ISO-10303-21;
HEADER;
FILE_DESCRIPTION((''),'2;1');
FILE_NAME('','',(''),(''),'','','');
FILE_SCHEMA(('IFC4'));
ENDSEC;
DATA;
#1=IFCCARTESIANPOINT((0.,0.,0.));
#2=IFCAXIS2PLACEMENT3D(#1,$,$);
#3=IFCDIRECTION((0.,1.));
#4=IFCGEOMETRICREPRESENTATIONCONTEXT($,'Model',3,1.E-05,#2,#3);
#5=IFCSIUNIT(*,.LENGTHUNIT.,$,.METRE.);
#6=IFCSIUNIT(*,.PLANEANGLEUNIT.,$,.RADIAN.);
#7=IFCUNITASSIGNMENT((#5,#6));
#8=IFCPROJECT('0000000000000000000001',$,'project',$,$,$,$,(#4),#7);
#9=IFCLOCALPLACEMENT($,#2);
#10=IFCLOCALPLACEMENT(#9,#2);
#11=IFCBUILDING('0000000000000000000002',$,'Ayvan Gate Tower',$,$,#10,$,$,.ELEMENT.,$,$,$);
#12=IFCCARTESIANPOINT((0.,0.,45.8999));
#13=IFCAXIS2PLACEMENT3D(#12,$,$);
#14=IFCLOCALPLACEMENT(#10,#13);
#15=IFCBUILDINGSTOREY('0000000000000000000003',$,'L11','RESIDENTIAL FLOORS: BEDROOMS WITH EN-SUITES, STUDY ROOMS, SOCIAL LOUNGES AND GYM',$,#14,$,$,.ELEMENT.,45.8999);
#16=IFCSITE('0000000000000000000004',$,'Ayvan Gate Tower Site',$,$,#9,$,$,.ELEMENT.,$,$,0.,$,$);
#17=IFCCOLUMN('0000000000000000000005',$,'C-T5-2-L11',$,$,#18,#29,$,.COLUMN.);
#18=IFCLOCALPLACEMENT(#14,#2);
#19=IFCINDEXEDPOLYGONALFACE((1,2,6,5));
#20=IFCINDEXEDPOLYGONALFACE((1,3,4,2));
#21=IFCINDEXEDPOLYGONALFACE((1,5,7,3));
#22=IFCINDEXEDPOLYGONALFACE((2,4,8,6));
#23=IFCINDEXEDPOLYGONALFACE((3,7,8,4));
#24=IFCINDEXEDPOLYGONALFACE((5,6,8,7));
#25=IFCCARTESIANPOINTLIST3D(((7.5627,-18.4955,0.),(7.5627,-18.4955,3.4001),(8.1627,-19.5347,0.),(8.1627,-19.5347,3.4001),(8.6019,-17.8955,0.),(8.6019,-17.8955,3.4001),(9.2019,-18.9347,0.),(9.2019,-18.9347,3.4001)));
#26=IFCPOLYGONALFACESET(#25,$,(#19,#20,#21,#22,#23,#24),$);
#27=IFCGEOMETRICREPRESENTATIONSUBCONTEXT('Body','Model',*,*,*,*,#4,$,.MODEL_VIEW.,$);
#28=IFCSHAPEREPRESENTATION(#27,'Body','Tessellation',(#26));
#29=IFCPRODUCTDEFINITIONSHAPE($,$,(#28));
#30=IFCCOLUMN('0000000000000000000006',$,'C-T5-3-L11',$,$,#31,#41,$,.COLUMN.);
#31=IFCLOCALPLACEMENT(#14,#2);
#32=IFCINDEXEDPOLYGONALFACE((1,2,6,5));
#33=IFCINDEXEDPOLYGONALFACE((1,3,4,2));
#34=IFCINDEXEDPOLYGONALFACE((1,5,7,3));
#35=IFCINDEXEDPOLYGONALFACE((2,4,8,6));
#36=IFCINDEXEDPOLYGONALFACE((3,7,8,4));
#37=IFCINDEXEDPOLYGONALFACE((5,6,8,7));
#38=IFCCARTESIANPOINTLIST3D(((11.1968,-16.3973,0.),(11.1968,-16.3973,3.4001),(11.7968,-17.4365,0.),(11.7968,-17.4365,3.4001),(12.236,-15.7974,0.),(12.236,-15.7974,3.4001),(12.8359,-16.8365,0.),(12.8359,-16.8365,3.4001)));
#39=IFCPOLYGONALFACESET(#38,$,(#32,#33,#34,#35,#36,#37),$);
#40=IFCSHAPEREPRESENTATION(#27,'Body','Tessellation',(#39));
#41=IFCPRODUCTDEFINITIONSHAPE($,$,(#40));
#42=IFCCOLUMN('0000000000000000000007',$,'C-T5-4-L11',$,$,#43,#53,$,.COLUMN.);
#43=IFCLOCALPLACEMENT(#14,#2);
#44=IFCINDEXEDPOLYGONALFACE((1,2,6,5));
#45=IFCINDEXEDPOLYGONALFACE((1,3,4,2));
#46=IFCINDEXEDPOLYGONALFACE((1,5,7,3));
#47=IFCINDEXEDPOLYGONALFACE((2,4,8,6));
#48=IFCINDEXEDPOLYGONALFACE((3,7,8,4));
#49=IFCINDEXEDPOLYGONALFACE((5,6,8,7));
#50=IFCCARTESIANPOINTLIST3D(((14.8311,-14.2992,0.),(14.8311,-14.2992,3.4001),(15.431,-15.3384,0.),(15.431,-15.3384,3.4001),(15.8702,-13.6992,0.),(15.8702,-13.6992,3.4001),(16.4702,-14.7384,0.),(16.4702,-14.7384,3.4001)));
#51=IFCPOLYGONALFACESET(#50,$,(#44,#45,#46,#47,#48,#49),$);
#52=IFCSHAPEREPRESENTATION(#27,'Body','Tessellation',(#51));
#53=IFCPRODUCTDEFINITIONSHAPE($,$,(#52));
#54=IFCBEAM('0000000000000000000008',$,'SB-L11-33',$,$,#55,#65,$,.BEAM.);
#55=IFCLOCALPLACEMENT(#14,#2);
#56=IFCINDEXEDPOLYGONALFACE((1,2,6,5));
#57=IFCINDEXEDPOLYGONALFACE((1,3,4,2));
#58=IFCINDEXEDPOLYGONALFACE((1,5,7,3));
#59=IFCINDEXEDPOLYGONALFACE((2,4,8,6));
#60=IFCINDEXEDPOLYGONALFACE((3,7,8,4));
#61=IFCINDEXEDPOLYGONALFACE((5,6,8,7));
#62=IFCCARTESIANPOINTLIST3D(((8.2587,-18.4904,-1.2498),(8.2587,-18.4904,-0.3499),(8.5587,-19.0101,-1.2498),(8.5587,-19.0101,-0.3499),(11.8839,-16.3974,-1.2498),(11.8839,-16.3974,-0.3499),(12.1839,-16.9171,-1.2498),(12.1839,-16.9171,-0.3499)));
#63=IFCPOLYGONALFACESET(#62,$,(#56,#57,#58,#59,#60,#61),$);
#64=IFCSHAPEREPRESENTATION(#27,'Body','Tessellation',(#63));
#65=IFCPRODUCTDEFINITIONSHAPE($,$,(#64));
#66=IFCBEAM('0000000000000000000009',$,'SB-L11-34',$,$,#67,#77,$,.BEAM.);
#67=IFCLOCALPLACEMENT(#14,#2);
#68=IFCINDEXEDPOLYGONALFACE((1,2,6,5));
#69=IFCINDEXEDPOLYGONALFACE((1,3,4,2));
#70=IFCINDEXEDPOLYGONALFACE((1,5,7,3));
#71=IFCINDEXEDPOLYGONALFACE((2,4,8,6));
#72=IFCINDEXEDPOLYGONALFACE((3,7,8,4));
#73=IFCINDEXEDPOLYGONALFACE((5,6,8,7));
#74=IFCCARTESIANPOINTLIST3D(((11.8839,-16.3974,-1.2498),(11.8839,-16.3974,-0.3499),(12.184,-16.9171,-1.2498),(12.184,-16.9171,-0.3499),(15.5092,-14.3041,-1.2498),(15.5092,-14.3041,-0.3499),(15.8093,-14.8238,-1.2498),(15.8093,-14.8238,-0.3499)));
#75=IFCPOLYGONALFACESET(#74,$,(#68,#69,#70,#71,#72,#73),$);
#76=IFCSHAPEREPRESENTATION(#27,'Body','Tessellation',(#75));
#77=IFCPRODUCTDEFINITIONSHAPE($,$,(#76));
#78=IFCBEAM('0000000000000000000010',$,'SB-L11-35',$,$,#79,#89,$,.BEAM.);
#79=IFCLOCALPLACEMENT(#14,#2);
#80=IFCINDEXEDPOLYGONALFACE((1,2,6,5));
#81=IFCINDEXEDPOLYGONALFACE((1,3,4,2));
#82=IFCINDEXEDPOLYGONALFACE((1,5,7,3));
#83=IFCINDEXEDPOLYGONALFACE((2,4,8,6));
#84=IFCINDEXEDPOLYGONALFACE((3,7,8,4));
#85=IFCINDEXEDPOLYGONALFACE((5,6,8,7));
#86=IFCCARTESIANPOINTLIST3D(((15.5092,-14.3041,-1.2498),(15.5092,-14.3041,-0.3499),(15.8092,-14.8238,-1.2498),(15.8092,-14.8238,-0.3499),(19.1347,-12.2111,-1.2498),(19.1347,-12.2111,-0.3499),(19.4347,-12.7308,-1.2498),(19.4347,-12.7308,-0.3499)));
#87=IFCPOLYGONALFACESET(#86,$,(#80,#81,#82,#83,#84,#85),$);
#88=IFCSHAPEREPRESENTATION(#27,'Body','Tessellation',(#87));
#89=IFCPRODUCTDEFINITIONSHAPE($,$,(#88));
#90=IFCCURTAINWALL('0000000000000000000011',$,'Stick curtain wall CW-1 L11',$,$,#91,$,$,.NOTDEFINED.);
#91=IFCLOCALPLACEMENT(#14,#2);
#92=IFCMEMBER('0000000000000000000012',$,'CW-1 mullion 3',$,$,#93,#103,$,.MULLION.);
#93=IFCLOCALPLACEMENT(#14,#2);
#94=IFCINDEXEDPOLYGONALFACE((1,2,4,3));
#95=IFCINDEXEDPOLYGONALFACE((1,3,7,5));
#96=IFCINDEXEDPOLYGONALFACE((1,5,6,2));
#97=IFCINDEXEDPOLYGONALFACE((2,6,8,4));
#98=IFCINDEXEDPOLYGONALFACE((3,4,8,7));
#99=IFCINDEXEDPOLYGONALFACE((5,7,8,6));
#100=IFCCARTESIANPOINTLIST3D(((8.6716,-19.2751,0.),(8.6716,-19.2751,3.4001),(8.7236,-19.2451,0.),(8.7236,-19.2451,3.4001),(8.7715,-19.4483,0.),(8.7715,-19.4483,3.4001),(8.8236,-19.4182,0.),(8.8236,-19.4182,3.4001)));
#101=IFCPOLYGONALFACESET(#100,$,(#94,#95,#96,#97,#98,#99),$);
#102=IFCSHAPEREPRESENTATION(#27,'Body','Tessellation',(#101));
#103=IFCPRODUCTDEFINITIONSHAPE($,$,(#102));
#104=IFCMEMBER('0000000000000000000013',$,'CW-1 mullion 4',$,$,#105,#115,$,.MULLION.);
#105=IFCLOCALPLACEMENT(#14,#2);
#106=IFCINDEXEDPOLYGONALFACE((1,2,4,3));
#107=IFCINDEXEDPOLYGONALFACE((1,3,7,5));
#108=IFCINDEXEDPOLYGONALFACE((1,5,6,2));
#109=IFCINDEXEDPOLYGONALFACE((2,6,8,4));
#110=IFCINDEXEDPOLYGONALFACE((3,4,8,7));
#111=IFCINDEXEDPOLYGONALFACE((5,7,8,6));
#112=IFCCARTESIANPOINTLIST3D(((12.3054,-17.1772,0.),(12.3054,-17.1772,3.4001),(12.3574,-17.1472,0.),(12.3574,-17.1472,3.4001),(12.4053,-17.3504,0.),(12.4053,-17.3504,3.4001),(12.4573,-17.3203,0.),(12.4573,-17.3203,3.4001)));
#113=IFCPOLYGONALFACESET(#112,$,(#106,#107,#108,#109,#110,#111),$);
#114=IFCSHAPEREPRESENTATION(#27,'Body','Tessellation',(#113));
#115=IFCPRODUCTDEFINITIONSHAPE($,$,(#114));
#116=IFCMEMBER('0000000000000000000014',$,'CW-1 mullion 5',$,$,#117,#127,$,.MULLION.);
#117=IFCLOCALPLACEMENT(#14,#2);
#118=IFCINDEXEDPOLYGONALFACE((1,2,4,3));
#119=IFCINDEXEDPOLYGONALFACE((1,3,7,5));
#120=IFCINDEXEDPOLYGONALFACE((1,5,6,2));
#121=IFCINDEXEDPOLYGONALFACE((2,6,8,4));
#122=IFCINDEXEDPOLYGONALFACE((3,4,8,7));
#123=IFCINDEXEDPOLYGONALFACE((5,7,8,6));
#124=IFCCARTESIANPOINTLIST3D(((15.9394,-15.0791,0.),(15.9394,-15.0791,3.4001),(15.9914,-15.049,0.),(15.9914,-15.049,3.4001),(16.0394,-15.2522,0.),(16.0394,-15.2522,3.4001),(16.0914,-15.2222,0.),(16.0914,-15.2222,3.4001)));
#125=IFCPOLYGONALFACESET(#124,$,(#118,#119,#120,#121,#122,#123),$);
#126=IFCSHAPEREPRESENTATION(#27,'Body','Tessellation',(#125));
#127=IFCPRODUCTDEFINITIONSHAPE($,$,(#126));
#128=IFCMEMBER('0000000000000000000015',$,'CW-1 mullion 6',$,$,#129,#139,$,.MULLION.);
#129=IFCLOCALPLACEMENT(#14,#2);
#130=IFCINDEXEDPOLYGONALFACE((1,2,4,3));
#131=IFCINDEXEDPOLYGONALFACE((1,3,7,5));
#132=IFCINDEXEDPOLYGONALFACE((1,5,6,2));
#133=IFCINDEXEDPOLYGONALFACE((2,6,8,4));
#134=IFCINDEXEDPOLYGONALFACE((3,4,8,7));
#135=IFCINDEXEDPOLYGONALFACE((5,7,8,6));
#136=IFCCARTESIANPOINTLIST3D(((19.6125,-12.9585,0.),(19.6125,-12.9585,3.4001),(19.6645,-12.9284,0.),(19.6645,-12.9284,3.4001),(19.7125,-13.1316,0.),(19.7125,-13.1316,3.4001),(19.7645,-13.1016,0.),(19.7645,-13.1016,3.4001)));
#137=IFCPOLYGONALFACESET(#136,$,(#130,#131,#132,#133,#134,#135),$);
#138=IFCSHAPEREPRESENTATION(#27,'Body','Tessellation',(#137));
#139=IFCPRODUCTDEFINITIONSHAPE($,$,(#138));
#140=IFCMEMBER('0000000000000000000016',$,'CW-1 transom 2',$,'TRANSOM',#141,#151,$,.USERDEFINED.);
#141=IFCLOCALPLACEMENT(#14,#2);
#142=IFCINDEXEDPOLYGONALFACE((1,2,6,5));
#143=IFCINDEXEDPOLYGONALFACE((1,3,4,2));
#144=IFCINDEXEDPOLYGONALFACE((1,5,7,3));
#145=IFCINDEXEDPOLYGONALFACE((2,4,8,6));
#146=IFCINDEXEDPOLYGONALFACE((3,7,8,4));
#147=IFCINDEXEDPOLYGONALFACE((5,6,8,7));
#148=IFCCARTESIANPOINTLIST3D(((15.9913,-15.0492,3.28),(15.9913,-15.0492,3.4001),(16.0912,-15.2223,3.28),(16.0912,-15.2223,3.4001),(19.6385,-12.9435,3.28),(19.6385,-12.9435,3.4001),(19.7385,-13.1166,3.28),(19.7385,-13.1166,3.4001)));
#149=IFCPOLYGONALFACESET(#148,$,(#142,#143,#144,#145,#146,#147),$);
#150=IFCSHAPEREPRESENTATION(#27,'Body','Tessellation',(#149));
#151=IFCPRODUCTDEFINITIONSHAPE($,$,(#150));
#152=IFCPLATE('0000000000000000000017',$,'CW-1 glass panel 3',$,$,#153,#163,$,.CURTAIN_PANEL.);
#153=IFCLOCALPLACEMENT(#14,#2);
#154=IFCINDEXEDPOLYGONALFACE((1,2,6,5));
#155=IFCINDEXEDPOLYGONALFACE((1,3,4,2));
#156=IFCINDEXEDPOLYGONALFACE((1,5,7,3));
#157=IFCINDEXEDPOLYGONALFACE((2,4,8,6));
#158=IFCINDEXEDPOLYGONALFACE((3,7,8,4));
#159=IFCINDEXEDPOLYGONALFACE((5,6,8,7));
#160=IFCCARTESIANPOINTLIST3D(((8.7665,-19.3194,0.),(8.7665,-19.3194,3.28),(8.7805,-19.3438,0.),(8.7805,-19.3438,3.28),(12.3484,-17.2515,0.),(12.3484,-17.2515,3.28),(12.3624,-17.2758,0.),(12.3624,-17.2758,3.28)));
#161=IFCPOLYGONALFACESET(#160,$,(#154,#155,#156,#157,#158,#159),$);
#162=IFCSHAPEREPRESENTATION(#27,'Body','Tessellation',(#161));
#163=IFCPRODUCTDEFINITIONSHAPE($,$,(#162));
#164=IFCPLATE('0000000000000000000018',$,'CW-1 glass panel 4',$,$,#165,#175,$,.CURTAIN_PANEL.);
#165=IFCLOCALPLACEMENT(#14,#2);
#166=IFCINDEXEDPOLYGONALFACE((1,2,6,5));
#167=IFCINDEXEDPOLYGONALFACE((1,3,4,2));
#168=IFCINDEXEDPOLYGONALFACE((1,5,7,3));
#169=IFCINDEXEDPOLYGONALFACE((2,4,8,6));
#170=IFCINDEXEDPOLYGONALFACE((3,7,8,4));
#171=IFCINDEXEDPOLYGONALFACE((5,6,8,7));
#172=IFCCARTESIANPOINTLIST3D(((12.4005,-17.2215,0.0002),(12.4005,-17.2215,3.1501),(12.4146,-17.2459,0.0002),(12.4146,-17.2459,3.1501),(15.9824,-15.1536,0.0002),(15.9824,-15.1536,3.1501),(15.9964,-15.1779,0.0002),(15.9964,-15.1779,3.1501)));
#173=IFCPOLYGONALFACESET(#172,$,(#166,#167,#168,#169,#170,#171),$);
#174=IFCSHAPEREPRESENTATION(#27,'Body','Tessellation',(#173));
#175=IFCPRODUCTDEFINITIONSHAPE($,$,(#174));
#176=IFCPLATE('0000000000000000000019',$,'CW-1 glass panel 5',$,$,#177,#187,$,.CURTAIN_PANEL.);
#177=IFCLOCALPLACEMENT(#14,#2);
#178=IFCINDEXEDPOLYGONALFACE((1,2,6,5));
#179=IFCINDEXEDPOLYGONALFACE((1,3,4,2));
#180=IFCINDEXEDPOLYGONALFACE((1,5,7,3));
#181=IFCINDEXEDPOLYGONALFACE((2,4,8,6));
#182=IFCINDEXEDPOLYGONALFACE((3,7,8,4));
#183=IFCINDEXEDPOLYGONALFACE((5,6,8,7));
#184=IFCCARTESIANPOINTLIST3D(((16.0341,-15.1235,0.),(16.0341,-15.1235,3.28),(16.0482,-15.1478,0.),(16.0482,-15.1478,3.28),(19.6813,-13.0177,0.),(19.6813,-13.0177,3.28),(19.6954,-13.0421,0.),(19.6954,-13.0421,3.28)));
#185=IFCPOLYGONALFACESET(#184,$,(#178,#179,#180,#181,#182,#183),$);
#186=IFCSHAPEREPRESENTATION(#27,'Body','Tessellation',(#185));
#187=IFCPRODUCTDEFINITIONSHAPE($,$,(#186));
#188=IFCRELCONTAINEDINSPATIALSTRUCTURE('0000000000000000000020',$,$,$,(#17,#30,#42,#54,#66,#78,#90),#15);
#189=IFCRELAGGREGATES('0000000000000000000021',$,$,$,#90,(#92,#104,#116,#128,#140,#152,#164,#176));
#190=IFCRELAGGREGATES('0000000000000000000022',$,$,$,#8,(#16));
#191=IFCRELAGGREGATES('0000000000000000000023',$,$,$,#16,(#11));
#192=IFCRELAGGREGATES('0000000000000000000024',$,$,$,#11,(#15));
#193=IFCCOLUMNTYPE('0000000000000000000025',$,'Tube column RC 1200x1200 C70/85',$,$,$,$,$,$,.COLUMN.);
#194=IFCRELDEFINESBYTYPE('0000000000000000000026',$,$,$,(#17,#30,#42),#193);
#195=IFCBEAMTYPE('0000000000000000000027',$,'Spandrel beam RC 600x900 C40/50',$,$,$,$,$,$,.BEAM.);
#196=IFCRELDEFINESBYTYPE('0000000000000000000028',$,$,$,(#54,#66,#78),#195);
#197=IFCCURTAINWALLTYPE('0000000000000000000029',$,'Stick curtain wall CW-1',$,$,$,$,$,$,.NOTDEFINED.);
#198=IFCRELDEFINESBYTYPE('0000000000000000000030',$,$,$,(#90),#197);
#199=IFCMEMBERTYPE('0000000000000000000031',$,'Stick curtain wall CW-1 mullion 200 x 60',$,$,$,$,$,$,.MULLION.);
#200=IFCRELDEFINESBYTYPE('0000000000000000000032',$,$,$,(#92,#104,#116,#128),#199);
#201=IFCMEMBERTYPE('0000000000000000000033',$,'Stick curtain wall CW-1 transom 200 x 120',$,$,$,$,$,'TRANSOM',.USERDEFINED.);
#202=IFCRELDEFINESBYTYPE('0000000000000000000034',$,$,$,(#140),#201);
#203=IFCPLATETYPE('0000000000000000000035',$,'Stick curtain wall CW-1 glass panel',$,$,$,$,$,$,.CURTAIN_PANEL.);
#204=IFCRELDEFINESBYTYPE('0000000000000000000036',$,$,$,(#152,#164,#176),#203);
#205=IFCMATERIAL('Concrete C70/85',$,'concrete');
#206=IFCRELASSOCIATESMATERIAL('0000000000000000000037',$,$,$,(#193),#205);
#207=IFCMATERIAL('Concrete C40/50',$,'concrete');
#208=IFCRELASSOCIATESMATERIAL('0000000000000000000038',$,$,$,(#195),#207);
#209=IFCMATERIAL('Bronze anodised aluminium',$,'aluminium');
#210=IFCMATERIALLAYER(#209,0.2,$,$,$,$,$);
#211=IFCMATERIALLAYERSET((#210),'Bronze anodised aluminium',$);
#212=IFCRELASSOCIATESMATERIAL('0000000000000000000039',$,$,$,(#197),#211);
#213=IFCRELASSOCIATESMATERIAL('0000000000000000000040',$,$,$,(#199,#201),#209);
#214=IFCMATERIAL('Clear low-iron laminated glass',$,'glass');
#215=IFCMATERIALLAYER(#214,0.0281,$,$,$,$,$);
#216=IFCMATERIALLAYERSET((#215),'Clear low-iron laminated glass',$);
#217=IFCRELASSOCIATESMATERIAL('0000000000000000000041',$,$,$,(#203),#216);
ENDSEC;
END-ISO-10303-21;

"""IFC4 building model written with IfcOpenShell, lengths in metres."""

from ifc_helpers import new_model, si_unit, direction, frame, origin, origin_2d, place, context, subcontext, project, spatial, rectangle, extrude, material, layer, layer_set, material_profile, profile_set, type_object, element, aggregate, save


model = new_model("IFC4")

# Units and contexts
model_context = context("Model", 3, precision=1e-05, world=origin(), true_north=direction((0.0, 1.0)))
body_context = subcontext(model_context, "Body", "Model", "MODEL_VIEW")
ifc_project = project(units=[si_unit("LENGTHUNIT", "METRE"), si_unit("PLANEANGLEUNIT", "RADIAN")], contexts=[model_context])

# Site, building, storey
site_placement = place(None, origin())
site = spatial("IfcSite", under=ifc_project, at=site_placement, Name="Ayvan Gate Tower Site", CompositionType="ELEMENT", RefElevation=0.0)
building_placement = place(site_placement, origin())
building = spatial("IfcBuilding", under=site, at=building_placement, Name="Ayvan Gate Tower", CompositionType="ELEMENT")
storey_placement = place(building_placement, frame((0.0, 0.0, 45.8999)))
storey = spatial("IfcBuildingStorey", under=building, at=storey_placement, Name="L11", Description="RESIDENTIAL FLOORS: BEDROOMS WITH EN-SUITES, STUDY ROOMS, SOCIAL LOUNGES AND GYM", CompositionType="ELEMENT", Elevation=45.8999)

# Columns
ifc_material_1 = material(Name="Concrete C70/85", Category="concrete")
ifc_material_profile_1 = material_profile(ifc_material_1, rectangle(XDim=1.2, YDim=1.2, at=origin_2d()), Name="RC 1200x1200")
ifc_profile_set_1 = profile_set([ifc_material_profile_1], Name="Concrete C70/85")
column_type = type_object("IfcColumnType", Name="Tube column RC 1200x1200 C70/85", PredefinedType="COLUMN", material=ifc_profile_set_1)
for number, where, z_axis, x_axis, name in (
    (1, (8.3823, -18.7151, 0.0), (0.0, 0.0, 1.0), (0.5, -0.866025, 0.0), "C-T5-2-L11"),
    (2, (12.0164, -16.6169, 0.0), (0.0, 0.0, 1.0), (0.5, -0.866025, 0.0), "C-T5-3-L11"),
    (3, (15.6506, -14.5188, 0.0), (0.0, 0.0, 1.0), (0.5, -0.866025, 0.0), "C-T5-4-L11"),
):
    element("IfcColumn", number, at=place(storey_placement, frame(where, z_axis=z_axis, x_axis=x_axis)), inside=storey, type_object=column_type, Name=name, PredefinedType="COLUMN", context=body_context, shape_type="SweptSolid", body=[
        extrude(rectangle(XDim=1.2, YDim=1.2, at=origin_2d()), origin(), (0.0, 0.0, 1.0), 3.4001),
    ])

# Beams
ifc_material_2 = material(Name="Concrete C40/50", Category="concrete")
ifc_material_profile_2 = material_profile(ifc_material_2, rectangle(XDim=0.6001, YDim=0.8999, at=origin_2d()), Name="RC 600x900")
ifc_profile_set_2 = profile_set([ifc_material_profile_2], Name="Concrete C40/50")
beam_type = type_object("IfcBeamType", Name="Spandrel beam RC 600x900 C40/50", PredefinedType="BEAM", material=ifc_profile_set_2)
beam_placement = place(storey_placement, frame((8.4087, -18.7502, -0.7998), z_axis=(0.866027, 0.499997, 0.0), x_axis=(-0.499997, 0.866027, 0.0)))
element("IfcBeam", 4, at=beam_placement, inside=storey, type_object=beam_type, Name="SB-L11-33", PredefinedType="BEAM", context=body_context, shape_type="SweptSolid", body=[
    extrude(rectangle(XDim=0.6001, YDim=0.8999, at=origin_2d()), origin(), (0.0, 0.0, 1.0), 4.186),
])
for number, where, z_axis, x_axis, name in (
    (5, (12.0339, -16.6572, -0.7998), (0.866002, 0.50004, 0.0), (-0.50004, 0.866002, 0.0), "SB-L11-34"),
    (6, (15.6592, -14.564, -0.7998), (0.866042, 0.499972, 0.0), (-0.499972, 0.866042, 0.0), "SB-L11-35"),
):
    element("IfcBeam", number, at=place(storey_placement, frame(where, z_axis=z_axis, x_axis=x_axis)), inside=storey, type_object=beam_type, Name=name, PredefinedType="BEAM", context=body_context, shape_type="SweptSolid", body=[
        extrude(rectangle(XDim=0.6001, YDim=0.8999, at=origin_2d()), origin(), (0.0, 0.0, 1.0), 4.1863),
    ])

# Curtain wall, members, plates
ifc_material_3 = material(Name="Bronze anodised aluminium", Category="aluminium")
ifc_layer_1 = layer(ifc_material_3, 0.2)
ifc_layer_set_1 = layer_set([ifc_layer_1], Name="Bronze anodised aluminium")
curtain_wall_type = type_object("IfcCurtainWallType", Name="Stick curtain wall CW-1", PredefinedType="NOTDEFINED", material=ifc_layer_set_1)
curtain_wall_placement = place(storey_placement, origin())
curtain_wall = element("IfcCurtainWall", 7, at=curtain_wall_placement, inside=storey, type_object=curtain_wall_type, Name="Stick curtain wall CW-1 L11", PredefinedType="NOTDEFINED")
ifc_material_profile_3 = material_profile(ifc_material_3, rectangle(XDim=0.2, YDim=0.0601, at=origin_2d()), Name="Stick curtain wall CW-1 mullion 200 x 60")
ifc_profile_set_3 = profile_set([ifc_material_profile_3], Name="Bronze anodised aluminium")
member_type_1 = type_object("IfcMemberType", Name="Stick curtain wall CW-1 mullion 200 x 60", PredefinedType="MULLION", material=ifc_profile_set_3)
member_1_placement = place(storey_placement, frame((8.7476, -19.3467, 0.0), z_axis=(0.0, 0.0, 1.0), x_axis=(0.5, -0.866025, 0.0)))
member_1 = element("IfcMember", 8, at=member_1_placement, type_object=member_type_1, Name="CW-1 mullion 3", PredefinedType="MULLION", context=body_context, shape_type="SweptSolid", body=[
    extrude(rectangle(XDim=0.2, YDim=0.0601, at=origin_2d()), origin(), (0.0, 0.0, 1.0), 3.4001),
])
member_2_placement = place(storey_placement, frame((12.3813, -17.2488, 0.0), z_axis=(0.0, 0.0, 1.0), x_axis=(0.5, -0.866025, 0.0)))
member_2 = element("IfcMember", 9, at=member_2_placement, type_object=member_type_1, Name="CW-1 mullion 4", PredefinedType="MULLION", context=body_context, shape_type="SweptSolid", body=[
    extrude(rectangle(XDim=0.2, YDim=0.0601, at=origin_2d()), origin(), (0.0, 0.0, 1.0), 3.4001),
])
member_3_placement = place(storey_placement, frame((16.0154, -15.1506, 0.0), z_axis=(0.0, 0.0, 1.0), x_axis=(0.5, -0.866025, 0.0)))
member_3 = element("IfcMember", 10, at=member_3_placement, type_object=member_type_1, Name="CW-1 mullion 5", PredefinedType="MULLION", context=body_context, shape_type="SweptSolid", body=[
    extrude(rectangle(XDim=0.2, YDim=0.0601, at=origin_2d()), origin(), (0.0, 0.0, 1.0), 3.4001),
])
member_4_placement = place(storey_placement, frame((19.6885, -13.03, 0.0), z_axis=(0.0, 0.0, 1.0), x_axis=(0.5, -0.866025, 0.0)))
member_4 = element("IfcMember", 11, at=member_4_placement, type_object=member_type_1, Name="CW-1 mullion 6", PredefinedType="MULLION", context=body_context, shape_type="SweptSolid", body=[
    extrude(rectangle(XDim=0.2, YDim=0.0601, at=origin_2d()), origin(), (0.0, 0.0, 1.0), 3.4001),
])
ifc_material_profile_4 = material_profile(ifc_material_3, rectangle(XDim=0.2, YDim=0.1201, at=origin_2d()), Name="Stick curtain wall CW-1 transom 200 x 120")
ifc_profile_set_4 = profile_set([ifc_material_profile_4], Name="Bronze anodised aluminium")
member_type_2 = type_object("IfcMemberType", Name="Stick curtain wall CW-1 transom 200 x 120", ElementType="TRANSOM", PredefinedType="USERDEFINED", material=ifc_profile_set_4)
member_5_placement = place(storey_placement, frame((16.0413, -15.1357, 3.3401), z_axis=(0.866026, 0.499998, 0.0), x_axis=(-0.499998, 0.866026, 0.0)))
member_5 = element("IfcMember", 12, at=member_5_placement, type_object=member_type_2, Name="CW-1 transom 2", ObjectType="TRANSOM", PredefinedType="USERDEFINED", context=body_context, shape_type="SweptSolid", body=[
    extrude(rectangle(XDim=0.2, YDim=0.1201, at=origin_2d()), origin(), (0.0, 0.0, 1.0), 4.2114),
])
ifc_material_4 = material(Name="Clear low-iron laminated glass", Category="glass")
ifc_layer_2 = layer(ifc_material_4, 0.0281)
ifc_layer_set_2 = layer_set([ifc_layer_2], Name="Clear low-iron laminated glass")
plate_type = type_object("IfcPlateType", Name="Stick curtain wall CW-1 glass panel", PredefinedType="CURTAIN_PANEL", material=ifc_layer_set_2)
plate_1_placement = place(storey_placement, frame((10.5645, -18.2976, 0.0), z_axis=(0.0, 0.0, 1.0), x_axis=(0.866025, 0.5, 0.0)))
plate_1 = element("IfcPlate", 13, at=plate_1_placement, type_object=plate_type, Name="CW-1 glass panel 3", PredefinedType="CURTAIN_PANEL", context=body_context, shape_type="SweptSolid", body=[
    extrude(rectangle(XDim=4.136, YDim=0.0281, at=origin_2d()), origin(), (0.0, 0.0, 1.0), 3.28),
])
plate_2_placement = place(storey_placement, frame((14.1985, -16.1997, 0.0002), z_axis=(0.0, 0.0, 1.0), x_axis=(0.866025, 0.5, 0.0)))
plate_2 = element("IfcPlate", 14, at=plate_2_placement, type_object=plate_type, Name="CW-1 glass panel 4", PredefinedType="CURTAIN_PANEL", context=body_context, shape_type="SweptSolid", body=[
    extrude(rectangle(XDim=4.136, YDim=0.0281, at=origin_2d()), origin(), (0.0, 0.0, 1.0), 3.1499),
])
plate_3_placement = place(storey_placement, frame((17.8647, -14.0828, 0.0), z_axis=(0.0, 0.0, 1.0), x_axis=(0.866025, 0.5, 0.0)))
plate_3 = element("IfcPlate", 15, at=plate_3_placement, type_object=plate_type, Name="CW-1 glass panel 5", PredefinedType="CURTAIN_PANEL", context=body_context, shape_type="SweptSolid", body=[
    extrude(rectangle(XDim=4.2114, YDim=0.0281, at=origin_2d()), origin(), (0.0, 0.0, 1.0), 3.28),
])
aggregate(curtain_wall, [member_1, member_2, member_3, member_4, member_5, plate_1, plate_2, plate_3])

save(model, "model.ifc")
